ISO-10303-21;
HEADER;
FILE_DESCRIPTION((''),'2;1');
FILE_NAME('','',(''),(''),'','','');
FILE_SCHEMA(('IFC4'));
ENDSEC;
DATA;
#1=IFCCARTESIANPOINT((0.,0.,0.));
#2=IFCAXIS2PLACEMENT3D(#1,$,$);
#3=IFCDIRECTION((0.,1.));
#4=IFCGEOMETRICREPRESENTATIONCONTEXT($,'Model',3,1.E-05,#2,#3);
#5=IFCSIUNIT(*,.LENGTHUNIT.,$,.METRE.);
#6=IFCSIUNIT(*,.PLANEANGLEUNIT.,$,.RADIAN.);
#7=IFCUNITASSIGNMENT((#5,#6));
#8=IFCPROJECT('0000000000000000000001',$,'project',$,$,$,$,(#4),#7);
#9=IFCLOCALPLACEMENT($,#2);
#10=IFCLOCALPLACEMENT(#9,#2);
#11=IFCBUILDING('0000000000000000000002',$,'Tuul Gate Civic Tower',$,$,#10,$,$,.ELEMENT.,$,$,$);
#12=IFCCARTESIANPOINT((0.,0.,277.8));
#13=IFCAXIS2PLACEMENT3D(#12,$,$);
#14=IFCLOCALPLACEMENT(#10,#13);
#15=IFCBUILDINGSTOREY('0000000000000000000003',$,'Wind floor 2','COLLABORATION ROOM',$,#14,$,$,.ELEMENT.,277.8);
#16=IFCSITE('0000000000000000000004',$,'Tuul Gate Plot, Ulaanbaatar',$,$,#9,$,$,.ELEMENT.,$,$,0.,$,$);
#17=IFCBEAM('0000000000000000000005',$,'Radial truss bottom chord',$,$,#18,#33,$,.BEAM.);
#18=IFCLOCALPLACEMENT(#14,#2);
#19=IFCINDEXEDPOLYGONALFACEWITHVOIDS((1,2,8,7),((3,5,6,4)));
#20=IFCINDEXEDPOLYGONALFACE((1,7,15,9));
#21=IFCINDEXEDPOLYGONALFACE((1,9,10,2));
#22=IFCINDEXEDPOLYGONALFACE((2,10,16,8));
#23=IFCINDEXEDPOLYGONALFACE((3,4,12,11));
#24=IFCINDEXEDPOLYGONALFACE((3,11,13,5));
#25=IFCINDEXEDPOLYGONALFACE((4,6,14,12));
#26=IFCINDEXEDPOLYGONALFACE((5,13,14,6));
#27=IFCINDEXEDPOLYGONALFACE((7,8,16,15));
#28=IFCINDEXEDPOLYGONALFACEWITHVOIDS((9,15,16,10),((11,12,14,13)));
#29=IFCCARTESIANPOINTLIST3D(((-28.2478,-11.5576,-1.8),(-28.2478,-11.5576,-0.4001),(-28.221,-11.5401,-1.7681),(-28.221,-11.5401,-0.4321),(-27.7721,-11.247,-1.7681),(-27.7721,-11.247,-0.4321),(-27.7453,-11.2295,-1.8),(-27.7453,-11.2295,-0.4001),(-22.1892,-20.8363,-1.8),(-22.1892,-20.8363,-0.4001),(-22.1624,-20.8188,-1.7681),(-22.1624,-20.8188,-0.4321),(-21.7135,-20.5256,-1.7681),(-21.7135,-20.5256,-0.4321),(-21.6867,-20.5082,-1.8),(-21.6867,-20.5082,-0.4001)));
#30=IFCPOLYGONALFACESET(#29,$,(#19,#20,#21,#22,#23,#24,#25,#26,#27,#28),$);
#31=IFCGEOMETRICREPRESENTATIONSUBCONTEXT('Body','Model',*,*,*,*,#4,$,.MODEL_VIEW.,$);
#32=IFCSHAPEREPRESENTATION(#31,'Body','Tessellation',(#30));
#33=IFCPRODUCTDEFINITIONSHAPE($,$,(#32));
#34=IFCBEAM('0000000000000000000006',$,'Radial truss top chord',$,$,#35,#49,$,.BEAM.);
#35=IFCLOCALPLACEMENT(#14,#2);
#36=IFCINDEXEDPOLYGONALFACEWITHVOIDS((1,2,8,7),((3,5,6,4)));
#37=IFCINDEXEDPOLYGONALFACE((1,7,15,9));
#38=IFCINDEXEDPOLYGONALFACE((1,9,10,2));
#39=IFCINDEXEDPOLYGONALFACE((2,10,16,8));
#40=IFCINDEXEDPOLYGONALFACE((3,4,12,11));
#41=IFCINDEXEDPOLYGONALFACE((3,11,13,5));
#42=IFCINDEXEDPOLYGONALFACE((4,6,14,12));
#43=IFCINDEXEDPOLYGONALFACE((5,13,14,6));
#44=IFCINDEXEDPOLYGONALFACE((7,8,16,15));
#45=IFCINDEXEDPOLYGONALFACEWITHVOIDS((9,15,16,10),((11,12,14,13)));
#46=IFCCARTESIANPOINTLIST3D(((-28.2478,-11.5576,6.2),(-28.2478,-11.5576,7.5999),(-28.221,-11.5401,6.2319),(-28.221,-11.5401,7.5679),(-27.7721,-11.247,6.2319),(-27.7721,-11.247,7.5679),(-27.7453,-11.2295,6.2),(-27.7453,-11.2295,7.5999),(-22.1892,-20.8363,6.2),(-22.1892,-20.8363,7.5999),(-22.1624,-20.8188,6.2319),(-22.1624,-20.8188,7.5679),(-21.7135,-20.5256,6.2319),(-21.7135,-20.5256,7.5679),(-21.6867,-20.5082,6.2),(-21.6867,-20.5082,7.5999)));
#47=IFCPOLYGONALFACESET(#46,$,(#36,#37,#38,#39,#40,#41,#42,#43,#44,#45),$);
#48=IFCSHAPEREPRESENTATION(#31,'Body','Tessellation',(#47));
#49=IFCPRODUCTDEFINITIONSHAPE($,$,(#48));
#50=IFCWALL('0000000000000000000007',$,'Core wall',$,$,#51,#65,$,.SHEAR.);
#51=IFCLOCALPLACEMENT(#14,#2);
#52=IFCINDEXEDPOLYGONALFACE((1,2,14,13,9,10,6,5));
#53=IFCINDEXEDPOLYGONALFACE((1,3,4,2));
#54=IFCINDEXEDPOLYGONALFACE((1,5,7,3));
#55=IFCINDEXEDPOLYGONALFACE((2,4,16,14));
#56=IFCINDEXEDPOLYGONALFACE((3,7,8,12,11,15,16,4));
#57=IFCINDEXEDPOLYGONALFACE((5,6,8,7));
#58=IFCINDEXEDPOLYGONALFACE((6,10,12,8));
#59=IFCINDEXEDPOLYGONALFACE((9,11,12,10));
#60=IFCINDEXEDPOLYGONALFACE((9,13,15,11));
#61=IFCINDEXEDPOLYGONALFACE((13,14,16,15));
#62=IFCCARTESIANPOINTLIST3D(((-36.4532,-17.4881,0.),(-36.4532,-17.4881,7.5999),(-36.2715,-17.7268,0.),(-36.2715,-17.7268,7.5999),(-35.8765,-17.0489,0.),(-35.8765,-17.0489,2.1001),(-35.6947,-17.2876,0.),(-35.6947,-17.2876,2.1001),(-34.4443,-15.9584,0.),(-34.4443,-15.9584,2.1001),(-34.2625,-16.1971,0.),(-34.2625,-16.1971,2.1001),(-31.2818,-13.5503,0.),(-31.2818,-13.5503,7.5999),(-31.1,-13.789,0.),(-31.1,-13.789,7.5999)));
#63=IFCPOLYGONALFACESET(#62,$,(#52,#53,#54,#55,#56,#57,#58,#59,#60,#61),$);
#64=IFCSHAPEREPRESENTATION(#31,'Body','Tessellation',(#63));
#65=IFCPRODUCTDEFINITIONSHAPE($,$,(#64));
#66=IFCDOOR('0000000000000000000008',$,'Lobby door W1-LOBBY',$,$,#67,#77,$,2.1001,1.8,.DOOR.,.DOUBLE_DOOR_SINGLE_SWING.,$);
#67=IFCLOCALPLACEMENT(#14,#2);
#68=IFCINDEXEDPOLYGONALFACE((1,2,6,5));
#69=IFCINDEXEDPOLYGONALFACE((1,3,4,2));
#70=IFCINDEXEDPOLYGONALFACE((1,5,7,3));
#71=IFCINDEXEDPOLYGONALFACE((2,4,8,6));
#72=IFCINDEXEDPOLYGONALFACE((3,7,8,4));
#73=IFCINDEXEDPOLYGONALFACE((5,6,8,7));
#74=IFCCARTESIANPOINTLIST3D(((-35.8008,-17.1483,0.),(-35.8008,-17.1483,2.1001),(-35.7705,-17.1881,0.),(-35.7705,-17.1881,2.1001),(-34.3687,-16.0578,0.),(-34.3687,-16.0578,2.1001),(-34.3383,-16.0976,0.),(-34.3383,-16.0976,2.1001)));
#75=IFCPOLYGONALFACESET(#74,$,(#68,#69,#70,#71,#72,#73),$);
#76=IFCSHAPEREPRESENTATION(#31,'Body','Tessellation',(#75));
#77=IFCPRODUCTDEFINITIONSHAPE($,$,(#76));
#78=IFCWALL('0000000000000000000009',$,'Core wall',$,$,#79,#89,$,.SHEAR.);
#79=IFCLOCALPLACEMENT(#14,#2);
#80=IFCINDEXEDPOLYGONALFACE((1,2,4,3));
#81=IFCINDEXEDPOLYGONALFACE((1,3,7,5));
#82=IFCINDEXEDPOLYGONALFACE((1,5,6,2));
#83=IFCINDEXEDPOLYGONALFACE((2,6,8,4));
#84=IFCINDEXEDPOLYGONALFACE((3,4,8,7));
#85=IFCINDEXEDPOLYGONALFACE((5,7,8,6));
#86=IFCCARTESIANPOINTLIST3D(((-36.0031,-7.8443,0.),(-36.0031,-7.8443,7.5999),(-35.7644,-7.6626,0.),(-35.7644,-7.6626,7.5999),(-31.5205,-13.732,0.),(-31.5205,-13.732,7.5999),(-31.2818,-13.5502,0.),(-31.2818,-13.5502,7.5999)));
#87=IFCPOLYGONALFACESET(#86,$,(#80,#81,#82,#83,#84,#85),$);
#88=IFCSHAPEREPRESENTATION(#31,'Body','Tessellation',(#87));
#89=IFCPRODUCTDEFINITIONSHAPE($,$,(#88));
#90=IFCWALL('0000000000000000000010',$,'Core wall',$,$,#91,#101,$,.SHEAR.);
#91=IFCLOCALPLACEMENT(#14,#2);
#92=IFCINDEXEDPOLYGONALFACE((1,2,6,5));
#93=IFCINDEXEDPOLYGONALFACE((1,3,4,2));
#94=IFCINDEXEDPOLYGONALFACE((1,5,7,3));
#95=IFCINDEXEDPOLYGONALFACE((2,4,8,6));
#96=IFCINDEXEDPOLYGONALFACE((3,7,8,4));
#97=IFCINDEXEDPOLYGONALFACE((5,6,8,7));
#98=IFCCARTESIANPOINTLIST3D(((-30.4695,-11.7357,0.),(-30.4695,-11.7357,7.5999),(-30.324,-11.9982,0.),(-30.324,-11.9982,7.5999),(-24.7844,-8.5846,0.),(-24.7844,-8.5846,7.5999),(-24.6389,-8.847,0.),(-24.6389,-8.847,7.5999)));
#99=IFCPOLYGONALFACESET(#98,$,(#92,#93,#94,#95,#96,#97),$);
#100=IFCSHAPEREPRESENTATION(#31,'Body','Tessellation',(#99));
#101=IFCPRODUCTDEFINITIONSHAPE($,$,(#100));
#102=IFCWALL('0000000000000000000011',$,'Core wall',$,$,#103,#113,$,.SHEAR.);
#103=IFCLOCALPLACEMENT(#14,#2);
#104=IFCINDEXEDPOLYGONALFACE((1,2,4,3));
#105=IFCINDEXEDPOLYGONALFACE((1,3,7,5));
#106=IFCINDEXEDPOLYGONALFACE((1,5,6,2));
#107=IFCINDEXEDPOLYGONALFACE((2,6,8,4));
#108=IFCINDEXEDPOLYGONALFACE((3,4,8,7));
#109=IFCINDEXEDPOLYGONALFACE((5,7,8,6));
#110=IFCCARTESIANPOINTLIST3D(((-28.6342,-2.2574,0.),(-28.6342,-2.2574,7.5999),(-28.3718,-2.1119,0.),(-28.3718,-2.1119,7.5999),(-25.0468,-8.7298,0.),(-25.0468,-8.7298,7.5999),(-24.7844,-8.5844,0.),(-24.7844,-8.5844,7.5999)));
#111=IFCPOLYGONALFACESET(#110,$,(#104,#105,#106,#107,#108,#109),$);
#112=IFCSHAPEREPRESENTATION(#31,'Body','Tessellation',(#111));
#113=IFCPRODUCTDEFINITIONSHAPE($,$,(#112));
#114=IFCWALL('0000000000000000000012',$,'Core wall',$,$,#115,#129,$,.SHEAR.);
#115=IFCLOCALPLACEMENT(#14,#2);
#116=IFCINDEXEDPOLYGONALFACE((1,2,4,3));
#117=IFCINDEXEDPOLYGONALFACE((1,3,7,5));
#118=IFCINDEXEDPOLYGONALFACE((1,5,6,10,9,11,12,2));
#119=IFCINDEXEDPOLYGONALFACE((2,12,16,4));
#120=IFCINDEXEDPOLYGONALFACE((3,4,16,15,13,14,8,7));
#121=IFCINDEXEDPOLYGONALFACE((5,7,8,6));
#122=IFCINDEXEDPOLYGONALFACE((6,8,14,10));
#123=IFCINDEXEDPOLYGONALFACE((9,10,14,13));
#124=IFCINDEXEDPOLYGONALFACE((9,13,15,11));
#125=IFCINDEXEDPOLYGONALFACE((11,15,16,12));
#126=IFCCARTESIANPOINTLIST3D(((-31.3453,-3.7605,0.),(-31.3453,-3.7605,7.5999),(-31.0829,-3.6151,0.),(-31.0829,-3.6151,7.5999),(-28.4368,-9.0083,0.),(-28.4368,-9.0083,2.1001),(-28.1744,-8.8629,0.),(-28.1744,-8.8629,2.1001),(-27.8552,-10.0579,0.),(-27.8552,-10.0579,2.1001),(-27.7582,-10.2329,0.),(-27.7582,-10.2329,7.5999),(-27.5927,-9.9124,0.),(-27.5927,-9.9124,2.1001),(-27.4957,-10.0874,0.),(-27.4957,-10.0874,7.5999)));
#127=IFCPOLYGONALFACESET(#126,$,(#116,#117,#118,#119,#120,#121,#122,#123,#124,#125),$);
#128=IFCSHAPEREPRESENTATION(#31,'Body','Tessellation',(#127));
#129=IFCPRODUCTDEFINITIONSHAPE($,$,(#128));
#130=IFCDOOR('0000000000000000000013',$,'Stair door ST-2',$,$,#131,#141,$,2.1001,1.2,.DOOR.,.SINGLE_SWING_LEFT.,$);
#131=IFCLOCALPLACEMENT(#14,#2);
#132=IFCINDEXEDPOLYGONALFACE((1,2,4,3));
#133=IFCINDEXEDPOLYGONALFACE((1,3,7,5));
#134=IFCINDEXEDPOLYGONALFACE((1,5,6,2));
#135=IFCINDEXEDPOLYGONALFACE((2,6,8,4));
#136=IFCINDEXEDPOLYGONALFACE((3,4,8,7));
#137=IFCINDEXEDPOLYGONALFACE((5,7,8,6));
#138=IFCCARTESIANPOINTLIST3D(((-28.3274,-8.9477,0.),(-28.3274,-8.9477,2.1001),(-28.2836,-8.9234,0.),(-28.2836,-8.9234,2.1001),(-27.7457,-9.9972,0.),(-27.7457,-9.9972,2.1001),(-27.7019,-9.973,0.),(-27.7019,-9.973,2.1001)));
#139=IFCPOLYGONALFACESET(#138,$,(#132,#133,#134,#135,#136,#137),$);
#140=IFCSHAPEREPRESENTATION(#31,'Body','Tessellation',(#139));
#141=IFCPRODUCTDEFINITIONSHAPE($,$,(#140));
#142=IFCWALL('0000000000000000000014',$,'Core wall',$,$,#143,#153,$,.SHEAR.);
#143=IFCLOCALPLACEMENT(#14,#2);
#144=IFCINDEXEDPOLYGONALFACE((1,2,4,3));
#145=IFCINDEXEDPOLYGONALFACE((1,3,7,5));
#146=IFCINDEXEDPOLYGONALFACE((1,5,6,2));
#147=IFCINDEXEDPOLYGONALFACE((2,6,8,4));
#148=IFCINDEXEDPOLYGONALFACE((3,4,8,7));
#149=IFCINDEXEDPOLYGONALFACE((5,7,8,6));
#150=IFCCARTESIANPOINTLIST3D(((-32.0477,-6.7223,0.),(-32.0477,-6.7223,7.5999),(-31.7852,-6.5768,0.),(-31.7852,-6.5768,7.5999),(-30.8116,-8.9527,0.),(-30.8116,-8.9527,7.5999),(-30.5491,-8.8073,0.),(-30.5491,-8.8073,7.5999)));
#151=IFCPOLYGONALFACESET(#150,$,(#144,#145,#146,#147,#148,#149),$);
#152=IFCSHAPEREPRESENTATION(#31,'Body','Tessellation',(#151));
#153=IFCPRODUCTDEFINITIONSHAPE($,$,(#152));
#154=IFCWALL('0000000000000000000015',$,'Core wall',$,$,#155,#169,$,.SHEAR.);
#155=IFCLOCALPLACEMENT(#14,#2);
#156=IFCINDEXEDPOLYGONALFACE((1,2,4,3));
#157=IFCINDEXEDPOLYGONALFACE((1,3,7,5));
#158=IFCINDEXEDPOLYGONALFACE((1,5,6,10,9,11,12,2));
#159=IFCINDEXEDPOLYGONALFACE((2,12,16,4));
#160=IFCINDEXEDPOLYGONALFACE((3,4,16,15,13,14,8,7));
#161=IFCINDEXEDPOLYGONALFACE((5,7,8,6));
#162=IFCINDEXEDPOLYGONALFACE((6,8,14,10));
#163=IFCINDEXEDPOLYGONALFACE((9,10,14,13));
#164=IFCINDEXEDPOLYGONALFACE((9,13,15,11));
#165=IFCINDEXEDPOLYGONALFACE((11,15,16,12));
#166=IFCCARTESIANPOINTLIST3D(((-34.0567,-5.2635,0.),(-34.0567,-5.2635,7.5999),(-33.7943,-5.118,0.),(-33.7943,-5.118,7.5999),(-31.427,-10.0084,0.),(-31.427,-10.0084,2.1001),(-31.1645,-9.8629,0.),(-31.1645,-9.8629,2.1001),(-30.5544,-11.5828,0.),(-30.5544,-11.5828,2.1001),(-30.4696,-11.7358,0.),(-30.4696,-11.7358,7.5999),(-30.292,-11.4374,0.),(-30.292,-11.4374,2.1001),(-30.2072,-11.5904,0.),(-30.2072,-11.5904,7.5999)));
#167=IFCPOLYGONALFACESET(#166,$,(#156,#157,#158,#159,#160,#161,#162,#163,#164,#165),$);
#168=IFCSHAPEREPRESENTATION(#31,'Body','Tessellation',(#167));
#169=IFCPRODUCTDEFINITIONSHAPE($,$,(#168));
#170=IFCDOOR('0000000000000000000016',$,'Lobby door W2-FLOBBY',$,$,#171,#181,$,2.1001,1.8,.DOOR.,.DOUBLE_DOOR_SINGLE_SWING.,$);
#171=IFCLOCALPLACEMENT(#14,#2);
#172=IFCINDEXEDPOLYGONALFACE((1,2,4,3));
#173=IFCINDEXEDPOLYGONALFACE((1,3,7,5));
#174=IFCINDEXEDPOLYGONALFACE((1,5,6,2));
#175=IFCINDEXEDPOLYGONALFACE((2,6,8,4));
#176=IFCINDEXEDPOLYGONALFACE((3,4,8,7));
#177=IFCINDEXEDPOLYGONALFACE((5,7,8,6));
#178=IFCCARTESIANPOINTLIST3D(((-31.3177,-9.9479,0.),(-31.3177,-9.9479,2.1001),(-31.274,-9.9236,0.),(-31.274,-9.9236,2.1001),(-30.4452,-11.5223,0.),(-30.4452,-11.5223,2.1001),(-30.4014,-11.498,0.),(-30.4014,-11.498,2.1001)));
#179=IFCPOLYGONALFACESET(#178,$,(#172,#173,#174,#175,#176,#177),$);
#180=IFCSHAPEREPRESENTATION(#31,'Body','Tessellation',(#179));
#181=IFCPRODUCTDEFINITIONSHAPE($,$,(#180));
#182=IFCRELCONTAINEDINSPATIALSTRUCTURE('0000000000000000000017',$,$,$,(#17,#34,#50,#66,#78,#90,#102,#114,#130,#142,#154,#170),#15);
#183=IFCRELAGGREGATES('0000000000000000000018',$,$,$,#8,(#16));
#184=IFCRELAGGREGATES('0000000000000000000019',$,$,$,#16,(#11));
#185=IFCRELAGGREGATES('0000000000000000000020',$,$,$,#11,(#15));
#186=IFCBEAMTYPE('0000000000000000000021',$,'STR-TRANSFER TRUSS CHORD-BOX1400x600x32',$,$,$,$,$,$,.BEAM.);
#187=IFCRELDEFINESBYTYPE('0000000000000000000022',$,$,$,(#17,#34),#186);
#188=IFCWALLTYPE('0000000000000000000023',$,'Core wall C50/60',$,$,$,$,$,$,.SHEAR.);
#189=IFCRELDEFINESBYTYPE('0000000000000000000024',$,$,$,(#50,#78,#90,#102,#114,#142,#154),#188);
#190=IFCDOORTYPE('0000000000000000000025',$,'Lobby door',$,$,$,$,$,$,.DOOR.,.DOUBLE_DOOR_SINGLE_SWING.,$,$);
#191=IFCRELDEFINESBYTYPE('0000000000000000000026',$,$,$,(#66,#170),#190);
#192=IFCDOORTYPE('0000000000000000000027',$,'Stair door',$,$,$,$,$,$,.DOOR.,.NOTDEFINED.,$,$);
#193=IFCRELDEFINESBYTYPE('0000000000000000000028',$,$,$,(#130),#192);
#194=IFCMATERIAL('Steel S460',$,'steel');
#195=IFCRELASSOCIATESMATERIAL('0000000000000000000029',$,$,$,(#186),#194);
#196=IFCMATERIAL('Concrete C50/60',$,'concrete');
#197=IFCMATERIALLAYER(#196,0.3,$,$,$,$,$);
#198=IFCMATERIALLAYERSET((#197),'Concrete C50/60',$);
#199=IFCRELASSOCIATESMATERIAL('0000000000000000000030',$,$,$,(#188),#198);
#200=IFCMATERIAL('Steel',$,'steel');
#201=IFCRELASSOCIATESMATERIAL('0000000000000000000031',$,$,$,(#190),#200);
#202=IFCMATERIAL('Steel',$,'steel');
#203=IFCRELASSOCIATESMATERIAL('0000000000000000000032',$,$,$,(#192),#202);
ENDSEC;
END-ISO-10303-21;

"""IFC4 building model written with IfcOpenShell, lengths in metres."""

from ifc_helpers import new_model, si_unit, direction, frame, frame_2d, origin, origin_2d, place, context, subcontext, project, spatial, rectangle, hollow_rectangle, extrude, material, layer, layer_set, material_profile, profile_set, type_object, element, fill, save


model = new_model("IFC4")

# Units and contexts
model_context = context("Model", 3, precision=1e-05, world=origin(), true_north=direction((0.0, 1.0)))
body_context = subcontext(model_context, "Body", "Model", "MODEL_VIEW")
ifc_project = project(units=[si_unit("LENGTHUNIT", "METRE"), si_unit("PLANEANGLEUNIT", "RADIAN")], contexts=[model_context])

# Site, building, storey
site_placement = place(None, origin())
site = spatial("IfcSite", under=ifc_project, at=site_placement, Name="Tuul Gate Plot, Ulaanbaatar", CompositionType="ELEMENT", RefElevation=0.0)
building_placement = place(site_placement, origin())
building = spatial("IfcBuilding", under=site, at=building_placement, Name="Tuul Gate Civic Tower", CompositionType="ELEMENT")
storey_placement = place(building_placement, frame((0.0, 0.0, 277.8)))
storey = spatial("IfcBuildingStorey", under=building, at=storey_placement, Name="Wind floor 2", Description="COLLABORATION ROOM", CompositionType="ELEMENT", Elevation=277.8)

# Beams
ifc_material_1 = material(Name="Steel S460", Category="steel")
ifc_material_profile = material_profile(ifc_material_1, hollow_rectangle(XDim=0.6001, YDim=1.3999, WallThickness=0.032, at=origin_2d()), Name="BOX1400x600x32")
ifc_profile_set = profile_set([ifc_material_profile], Name="Steel S460")
beam_type = type_object("IfcBeamType", Name="STR-TRANSFER TRUSS CHORD-BOX1400x600x32", PredefinedType="BEAM", material=ifc_profile_set)
for number, where, z_axis, x_axis, name in (
    (1, (-27.9966, -11.3936, -1.1001), (0.546733, -0.837307, 0.0), (0.837307, 0.546733, 0.0), "Radial truss bottom chord"),
    (2, (-27.9966, -11.3936, 6.8999), (0.546733, -0.837307, 0.0), (0.837307, 0.546733, 0.0), "Radial truss top chord"),
):
    element("IfcBeam", number, at=place(storey_placement, frame(where, z_axis=z_axis, x_axis=x_axis)), inside=storey, type_object=beam_type, Name=name, PredefinedType="BEAM", context=body_context, shape_type="SweptSolid", body=[
        extrude(hollow_rectangle(XDim=0.6001, YDim=1.3999, WallThickness=0.032, at=origin_2d()), origin(), (0.0, 0.0, 1.0), 11.0815),
    ])

# Wall, opening, door
ifc_material_2 = material(Name="Concrete C50/60", Category="concrete")
ifc_layer_1 = layer(ifc_material_2, 0.3)
ifc_layer_set_1 = layer_set([ifc_layer_1], Name="Concrete C50/60")
wall_type_1 = type_object("IfcWallType", Name="Core wall C50/60", PredefinedType="SHEAR", material=ifc_layer_set_1)
wall_1_placement = place(storey_placement, frame((-31.1909, -13.6697, 0.0), z_axis=(0.0, 0.0, 1.0), x_axis=(-0.795607, -0.605813, 0.0)))
wall_1 = element("IfcWall", 3, at=wall_1_placement, inside=storey, type_object=wall_type_1, Name="Core wall", PredefinedType="SHEAR", context=body_context, shape_type="SweptSolid", body=[
    extrude(rectangle(XDim=6.5, YDim=0.3, at=frame_2d((3.25, 0.0))), origin(), (0.0, 0.0, 1.0), 7.5999),
])
opening_1_placement = place(wall_1_placement, frame((3.9751, 0.0, 0.0)))
opening_1 = element("IfcOpeningElement", 4, at=opening_1_placement, cuts=wall_1, PredefinedType="OPENING", context=body_context, shape_type="SweptSolid", body=[
    extrude(rectangle(XDim=1.8, YDim=2.1001, at=frame_2d((0.8999, 1.05))), frame((0.0, 0.1602, 0.0), z_axis=(0.0, -1.0, 0.0), x_axis=(1.0, 0.0, 0.0)), (0.0, 0.0, 1.0), 0.3201),
])
ifc_material_3 = material(Name="Steel", Category="steel")
door_type_1 = type_object("IfcDoorType", Name="Lobby door", OperationType="DOUBLE_DOOR_SINGLE_SWING", PredefinedType="DOOR", material=ifc_material_3)
door_1_placement = place(opening_1_placement, origin())
door_1 = element("IfcDoor", 5, at=door_1_placement, inside=storey, type_object=door_type_1, Name="Lobby door W1-LOBBY", OperationType="DOUBLE_DOOR_SINGLE_SWING", OverallHeight=2.1001, OverallWidth=1.8, PredefinedType="DOOR", context=body_context, shape_type="SweptSolid", body=[
    extrude(rectangle(XDim=1.8, YDim=2.1001, at=frame_2d((0.8999, 1.05))), frame((0.0, 0.0249, 0.0), z_axis=(0.0, -1.0, 0.0), x_axis=(1.0, 0.0, 0.0)), (0.0, 0.0, 1.0), 0.05),
])
fill(opening_1, door_1)

# Walls
wall_2_placement = place(storey_placement, frame((-31.4011, -13.6411, 0.0), z_axis=(0.0, 0.0, 1.0), x_axis=(-0.60577, 0.79564, 0.0)))
element("IfcWall", 6, at=wall_2_placement, inside=storey, type_object=wall_type_1, Name="Core wall", PredefinedType="SHEAR", context=body_context, shape_type="SweptSolid", body=[
    extrude(rectangle(XDim=7.3999, YDim=0.3, at=frame_2d((3.7, 0.0))), origin(), (0.0, 0.0, 1.0), 7.5999),
])
wall_3_placement = place(storey_placement, frame((-24.7117, -8.7158, 0.0), z_axis=(0.0, 0.0, 1.0), x_axis=(-0.87463, -0.484791, 0.0)))
element("IfcWall", 7, at=wall_3_placement, inside=storey, type_object=wall_type_1, Name="Core wall", PredefinedType="SHEAR", context=body_context, shape_type="SweptSolid", body=[
    extrude(rectangle(XDim=6.5, YDim=0.3, at=frame_2d((3.25, 0.0))), origin(), (0.0, 0.0, 1.0), 7.5999),
])
wall_4_placement = place(storey_placement, frame((-24.9155, -8.6572, 0.0), z_axis=(0.0, 0.0, 1.0), x_axis=(-0.484777, 0.874638, 0.0)))
element("IfcWall", 8, at=wall_4_placement, inside=storey, type_object=wall_type_1, Name="Core wall", PredefinedType="SHEAR", context=body_context, shape_type="SweptSolid", body=[
    extrude(rectangle(XDim=7.4001, YDim=0.3, at=frame_2d((3.7002, 0.0))), origin(), (0.0, 0.0, 1.0), 7.5999),
])

# Wall, opening, door
wall_5_placement = place(storey_placement, frame((-27.627, -10.1602, 0.0), z_axis=(0.0, 0.0, 1.0), x_axis=(-0.484752, 0.874652, 0.0)))
wall_5 = element("IfcWall", 9, at=wall_5_placement, inside=storey, type_object=wall_type_1, Name="Core wall", PredefinedType="SHEAR", context=body_context, shape_type="SweptSolid", body=[
    extrude(rectangle(XDim=7.3999, YDim=0.3, at=frame_2d((3.7, 0.0))), origin(), (0.0, 0.0, 1.0), 7.5999),
])
opening_2_placement = place(wall_5_placement, frame((0.2, 0.0, 0.0)))
opening_2 = element("IfcOpeningElement", 10, at=opening_2_placement, cuts=wall_5, PredefinedType="OPENING", context=body_context, shape_type="SweptSolid", body=[
    extrude(rectangle(XDim=1.2, YDim=2.1001, at=frame_2d((0.6001, 1.05))), frame((0.0, 0.1602, 0.0), z_axis=(0.0, -1.0, 0.0), x_axis=(1.0, 0.0, 0.0)), (0.0, 0.0, 1.0), 0.3201),
])
ifc_material_4 = material(Name="Steel", Category="steel")
door_type_2 = type_object("IfcDoorType", Name="Stair door", OperationType="NOTDEFINED", PredefinedType="DOOR", material=ifc_material_4)
door_2_placement = place(opening_2_placement, origin())
door_2 = element("IfcDoor", 11, at=door_2_placement, inside=storey, type_object=door_type_2, Name="Stair door ST-2", OperationType="SINGLE_SWING_LEFT", OverallHeight=2.1001, OverallWidth=1.2, PredefinedType="DOOR", context=body_context, shape_type="SweptSolid", body=[
    extrude(rectangle(XDim=1.2, YDim=2.1001, at=frame_2d((0.6001, 1.05))), frame((0.0, 0.0249, 0.0), z_axis=(0.0, -1.0, 0.0), x_axis=(1.0, 0.0, 0.0)), (0.0, 0.0, 1.0), 0.05),
])
fill(opening_2, door_2)

# Wall
wall_6_placement = place(storey_placement, frame((-30.6804, -8.8799, 0.0), z_axis=(0.0, 0.0, 1.0), x_axis=(-0.484724, 0.874667, 0.0)))
element("IfcWall", 12, at=wall_6_placement, inside=storey, type_object=wall_type_1, Name="Core wall", PredefinedType="SHEAR", context=body_context, shape_type="SweptSolid", body=[
    extrude(rectangle(XDim=2.55, YDim=0.3, at=frame_2d((1.2749, 0.0))), origin(), (0.0, 0.0, 1.0), 7.5999),
])

# Wall, opening, door
wall_7_placement = place(storey_placement, frame((-30.3384, -11.6631, 0.0), z_axis=(0.0, 0.0, 1.0), x_axis=(-0.484752, 0.874652, 0.0)))
wall_7 = element("IfcWall", 13, at=wall_7_placement, inside=storey, type_object=wall_type_1, Name="Core wall", PredefinedType="SHEAR", context=body_context, shape_type="SweptSolid", body=[
    extrude(rectangle(XDim=7.3999, YDim=0.3, at=frame_2d((3.7, 0.0))), origin(), (0.0, 0.0, 1.0), 7.5999),
])
opening_3_placement = place(wall_7_placement, frame((0.175, 0.0, 0.0)))
opening_3 = element("IfcOpeningElement", 14, at=opening_3_placement, cuts=wall_7, PredefinedType="OPENING", context=body_context, shape_type="SweptSolid", body=[
    extrude(rectangle(XDim=1.8, YDim=2.1001, at=frame_2d((0.8999, 1.05))), frame((0.0, 0.1602, 0.0), z_axis=(0.0, -1.0, 0.0), x_axis=(1.0, 0.0, 0.0)), (0.0, 0.0, 1.0), 0.3201),
])
door_3_placement = place(opening_3_placement, frame((1.8, 0.0, 0.0), z_axis=(0.0, 0.0, 1.0), x_axis=(-1.0, 0.0, 0.0)))
door_3 = element("IfcDoor", 15, at=door_3_placement, inside=storey, type_object=door_type_1, Name="Lobby door W2-FLOBBY", OperationType="DOUBLE_DOOR_SINGLE_SWING", OverallHeight=2.1001, OverallWidth=1.8, PredefinedType="DOOR", context=body_context, shape_type="SweptSolid", body=[
    extrude(rectangle(XDim=1.8, YDim=2.1001, at=frame_2d((0.9001, 1.05))), frame((0.0, 0.0249, 0.0), z_axis=(0.0, -1.0, 0.0), x_axis=(1.0, 0.0, 0.0)), (0.0, 0.0, 1.0), 0.05),
])
fill(opening_3, door_3)

save(model, "model.ifc")
